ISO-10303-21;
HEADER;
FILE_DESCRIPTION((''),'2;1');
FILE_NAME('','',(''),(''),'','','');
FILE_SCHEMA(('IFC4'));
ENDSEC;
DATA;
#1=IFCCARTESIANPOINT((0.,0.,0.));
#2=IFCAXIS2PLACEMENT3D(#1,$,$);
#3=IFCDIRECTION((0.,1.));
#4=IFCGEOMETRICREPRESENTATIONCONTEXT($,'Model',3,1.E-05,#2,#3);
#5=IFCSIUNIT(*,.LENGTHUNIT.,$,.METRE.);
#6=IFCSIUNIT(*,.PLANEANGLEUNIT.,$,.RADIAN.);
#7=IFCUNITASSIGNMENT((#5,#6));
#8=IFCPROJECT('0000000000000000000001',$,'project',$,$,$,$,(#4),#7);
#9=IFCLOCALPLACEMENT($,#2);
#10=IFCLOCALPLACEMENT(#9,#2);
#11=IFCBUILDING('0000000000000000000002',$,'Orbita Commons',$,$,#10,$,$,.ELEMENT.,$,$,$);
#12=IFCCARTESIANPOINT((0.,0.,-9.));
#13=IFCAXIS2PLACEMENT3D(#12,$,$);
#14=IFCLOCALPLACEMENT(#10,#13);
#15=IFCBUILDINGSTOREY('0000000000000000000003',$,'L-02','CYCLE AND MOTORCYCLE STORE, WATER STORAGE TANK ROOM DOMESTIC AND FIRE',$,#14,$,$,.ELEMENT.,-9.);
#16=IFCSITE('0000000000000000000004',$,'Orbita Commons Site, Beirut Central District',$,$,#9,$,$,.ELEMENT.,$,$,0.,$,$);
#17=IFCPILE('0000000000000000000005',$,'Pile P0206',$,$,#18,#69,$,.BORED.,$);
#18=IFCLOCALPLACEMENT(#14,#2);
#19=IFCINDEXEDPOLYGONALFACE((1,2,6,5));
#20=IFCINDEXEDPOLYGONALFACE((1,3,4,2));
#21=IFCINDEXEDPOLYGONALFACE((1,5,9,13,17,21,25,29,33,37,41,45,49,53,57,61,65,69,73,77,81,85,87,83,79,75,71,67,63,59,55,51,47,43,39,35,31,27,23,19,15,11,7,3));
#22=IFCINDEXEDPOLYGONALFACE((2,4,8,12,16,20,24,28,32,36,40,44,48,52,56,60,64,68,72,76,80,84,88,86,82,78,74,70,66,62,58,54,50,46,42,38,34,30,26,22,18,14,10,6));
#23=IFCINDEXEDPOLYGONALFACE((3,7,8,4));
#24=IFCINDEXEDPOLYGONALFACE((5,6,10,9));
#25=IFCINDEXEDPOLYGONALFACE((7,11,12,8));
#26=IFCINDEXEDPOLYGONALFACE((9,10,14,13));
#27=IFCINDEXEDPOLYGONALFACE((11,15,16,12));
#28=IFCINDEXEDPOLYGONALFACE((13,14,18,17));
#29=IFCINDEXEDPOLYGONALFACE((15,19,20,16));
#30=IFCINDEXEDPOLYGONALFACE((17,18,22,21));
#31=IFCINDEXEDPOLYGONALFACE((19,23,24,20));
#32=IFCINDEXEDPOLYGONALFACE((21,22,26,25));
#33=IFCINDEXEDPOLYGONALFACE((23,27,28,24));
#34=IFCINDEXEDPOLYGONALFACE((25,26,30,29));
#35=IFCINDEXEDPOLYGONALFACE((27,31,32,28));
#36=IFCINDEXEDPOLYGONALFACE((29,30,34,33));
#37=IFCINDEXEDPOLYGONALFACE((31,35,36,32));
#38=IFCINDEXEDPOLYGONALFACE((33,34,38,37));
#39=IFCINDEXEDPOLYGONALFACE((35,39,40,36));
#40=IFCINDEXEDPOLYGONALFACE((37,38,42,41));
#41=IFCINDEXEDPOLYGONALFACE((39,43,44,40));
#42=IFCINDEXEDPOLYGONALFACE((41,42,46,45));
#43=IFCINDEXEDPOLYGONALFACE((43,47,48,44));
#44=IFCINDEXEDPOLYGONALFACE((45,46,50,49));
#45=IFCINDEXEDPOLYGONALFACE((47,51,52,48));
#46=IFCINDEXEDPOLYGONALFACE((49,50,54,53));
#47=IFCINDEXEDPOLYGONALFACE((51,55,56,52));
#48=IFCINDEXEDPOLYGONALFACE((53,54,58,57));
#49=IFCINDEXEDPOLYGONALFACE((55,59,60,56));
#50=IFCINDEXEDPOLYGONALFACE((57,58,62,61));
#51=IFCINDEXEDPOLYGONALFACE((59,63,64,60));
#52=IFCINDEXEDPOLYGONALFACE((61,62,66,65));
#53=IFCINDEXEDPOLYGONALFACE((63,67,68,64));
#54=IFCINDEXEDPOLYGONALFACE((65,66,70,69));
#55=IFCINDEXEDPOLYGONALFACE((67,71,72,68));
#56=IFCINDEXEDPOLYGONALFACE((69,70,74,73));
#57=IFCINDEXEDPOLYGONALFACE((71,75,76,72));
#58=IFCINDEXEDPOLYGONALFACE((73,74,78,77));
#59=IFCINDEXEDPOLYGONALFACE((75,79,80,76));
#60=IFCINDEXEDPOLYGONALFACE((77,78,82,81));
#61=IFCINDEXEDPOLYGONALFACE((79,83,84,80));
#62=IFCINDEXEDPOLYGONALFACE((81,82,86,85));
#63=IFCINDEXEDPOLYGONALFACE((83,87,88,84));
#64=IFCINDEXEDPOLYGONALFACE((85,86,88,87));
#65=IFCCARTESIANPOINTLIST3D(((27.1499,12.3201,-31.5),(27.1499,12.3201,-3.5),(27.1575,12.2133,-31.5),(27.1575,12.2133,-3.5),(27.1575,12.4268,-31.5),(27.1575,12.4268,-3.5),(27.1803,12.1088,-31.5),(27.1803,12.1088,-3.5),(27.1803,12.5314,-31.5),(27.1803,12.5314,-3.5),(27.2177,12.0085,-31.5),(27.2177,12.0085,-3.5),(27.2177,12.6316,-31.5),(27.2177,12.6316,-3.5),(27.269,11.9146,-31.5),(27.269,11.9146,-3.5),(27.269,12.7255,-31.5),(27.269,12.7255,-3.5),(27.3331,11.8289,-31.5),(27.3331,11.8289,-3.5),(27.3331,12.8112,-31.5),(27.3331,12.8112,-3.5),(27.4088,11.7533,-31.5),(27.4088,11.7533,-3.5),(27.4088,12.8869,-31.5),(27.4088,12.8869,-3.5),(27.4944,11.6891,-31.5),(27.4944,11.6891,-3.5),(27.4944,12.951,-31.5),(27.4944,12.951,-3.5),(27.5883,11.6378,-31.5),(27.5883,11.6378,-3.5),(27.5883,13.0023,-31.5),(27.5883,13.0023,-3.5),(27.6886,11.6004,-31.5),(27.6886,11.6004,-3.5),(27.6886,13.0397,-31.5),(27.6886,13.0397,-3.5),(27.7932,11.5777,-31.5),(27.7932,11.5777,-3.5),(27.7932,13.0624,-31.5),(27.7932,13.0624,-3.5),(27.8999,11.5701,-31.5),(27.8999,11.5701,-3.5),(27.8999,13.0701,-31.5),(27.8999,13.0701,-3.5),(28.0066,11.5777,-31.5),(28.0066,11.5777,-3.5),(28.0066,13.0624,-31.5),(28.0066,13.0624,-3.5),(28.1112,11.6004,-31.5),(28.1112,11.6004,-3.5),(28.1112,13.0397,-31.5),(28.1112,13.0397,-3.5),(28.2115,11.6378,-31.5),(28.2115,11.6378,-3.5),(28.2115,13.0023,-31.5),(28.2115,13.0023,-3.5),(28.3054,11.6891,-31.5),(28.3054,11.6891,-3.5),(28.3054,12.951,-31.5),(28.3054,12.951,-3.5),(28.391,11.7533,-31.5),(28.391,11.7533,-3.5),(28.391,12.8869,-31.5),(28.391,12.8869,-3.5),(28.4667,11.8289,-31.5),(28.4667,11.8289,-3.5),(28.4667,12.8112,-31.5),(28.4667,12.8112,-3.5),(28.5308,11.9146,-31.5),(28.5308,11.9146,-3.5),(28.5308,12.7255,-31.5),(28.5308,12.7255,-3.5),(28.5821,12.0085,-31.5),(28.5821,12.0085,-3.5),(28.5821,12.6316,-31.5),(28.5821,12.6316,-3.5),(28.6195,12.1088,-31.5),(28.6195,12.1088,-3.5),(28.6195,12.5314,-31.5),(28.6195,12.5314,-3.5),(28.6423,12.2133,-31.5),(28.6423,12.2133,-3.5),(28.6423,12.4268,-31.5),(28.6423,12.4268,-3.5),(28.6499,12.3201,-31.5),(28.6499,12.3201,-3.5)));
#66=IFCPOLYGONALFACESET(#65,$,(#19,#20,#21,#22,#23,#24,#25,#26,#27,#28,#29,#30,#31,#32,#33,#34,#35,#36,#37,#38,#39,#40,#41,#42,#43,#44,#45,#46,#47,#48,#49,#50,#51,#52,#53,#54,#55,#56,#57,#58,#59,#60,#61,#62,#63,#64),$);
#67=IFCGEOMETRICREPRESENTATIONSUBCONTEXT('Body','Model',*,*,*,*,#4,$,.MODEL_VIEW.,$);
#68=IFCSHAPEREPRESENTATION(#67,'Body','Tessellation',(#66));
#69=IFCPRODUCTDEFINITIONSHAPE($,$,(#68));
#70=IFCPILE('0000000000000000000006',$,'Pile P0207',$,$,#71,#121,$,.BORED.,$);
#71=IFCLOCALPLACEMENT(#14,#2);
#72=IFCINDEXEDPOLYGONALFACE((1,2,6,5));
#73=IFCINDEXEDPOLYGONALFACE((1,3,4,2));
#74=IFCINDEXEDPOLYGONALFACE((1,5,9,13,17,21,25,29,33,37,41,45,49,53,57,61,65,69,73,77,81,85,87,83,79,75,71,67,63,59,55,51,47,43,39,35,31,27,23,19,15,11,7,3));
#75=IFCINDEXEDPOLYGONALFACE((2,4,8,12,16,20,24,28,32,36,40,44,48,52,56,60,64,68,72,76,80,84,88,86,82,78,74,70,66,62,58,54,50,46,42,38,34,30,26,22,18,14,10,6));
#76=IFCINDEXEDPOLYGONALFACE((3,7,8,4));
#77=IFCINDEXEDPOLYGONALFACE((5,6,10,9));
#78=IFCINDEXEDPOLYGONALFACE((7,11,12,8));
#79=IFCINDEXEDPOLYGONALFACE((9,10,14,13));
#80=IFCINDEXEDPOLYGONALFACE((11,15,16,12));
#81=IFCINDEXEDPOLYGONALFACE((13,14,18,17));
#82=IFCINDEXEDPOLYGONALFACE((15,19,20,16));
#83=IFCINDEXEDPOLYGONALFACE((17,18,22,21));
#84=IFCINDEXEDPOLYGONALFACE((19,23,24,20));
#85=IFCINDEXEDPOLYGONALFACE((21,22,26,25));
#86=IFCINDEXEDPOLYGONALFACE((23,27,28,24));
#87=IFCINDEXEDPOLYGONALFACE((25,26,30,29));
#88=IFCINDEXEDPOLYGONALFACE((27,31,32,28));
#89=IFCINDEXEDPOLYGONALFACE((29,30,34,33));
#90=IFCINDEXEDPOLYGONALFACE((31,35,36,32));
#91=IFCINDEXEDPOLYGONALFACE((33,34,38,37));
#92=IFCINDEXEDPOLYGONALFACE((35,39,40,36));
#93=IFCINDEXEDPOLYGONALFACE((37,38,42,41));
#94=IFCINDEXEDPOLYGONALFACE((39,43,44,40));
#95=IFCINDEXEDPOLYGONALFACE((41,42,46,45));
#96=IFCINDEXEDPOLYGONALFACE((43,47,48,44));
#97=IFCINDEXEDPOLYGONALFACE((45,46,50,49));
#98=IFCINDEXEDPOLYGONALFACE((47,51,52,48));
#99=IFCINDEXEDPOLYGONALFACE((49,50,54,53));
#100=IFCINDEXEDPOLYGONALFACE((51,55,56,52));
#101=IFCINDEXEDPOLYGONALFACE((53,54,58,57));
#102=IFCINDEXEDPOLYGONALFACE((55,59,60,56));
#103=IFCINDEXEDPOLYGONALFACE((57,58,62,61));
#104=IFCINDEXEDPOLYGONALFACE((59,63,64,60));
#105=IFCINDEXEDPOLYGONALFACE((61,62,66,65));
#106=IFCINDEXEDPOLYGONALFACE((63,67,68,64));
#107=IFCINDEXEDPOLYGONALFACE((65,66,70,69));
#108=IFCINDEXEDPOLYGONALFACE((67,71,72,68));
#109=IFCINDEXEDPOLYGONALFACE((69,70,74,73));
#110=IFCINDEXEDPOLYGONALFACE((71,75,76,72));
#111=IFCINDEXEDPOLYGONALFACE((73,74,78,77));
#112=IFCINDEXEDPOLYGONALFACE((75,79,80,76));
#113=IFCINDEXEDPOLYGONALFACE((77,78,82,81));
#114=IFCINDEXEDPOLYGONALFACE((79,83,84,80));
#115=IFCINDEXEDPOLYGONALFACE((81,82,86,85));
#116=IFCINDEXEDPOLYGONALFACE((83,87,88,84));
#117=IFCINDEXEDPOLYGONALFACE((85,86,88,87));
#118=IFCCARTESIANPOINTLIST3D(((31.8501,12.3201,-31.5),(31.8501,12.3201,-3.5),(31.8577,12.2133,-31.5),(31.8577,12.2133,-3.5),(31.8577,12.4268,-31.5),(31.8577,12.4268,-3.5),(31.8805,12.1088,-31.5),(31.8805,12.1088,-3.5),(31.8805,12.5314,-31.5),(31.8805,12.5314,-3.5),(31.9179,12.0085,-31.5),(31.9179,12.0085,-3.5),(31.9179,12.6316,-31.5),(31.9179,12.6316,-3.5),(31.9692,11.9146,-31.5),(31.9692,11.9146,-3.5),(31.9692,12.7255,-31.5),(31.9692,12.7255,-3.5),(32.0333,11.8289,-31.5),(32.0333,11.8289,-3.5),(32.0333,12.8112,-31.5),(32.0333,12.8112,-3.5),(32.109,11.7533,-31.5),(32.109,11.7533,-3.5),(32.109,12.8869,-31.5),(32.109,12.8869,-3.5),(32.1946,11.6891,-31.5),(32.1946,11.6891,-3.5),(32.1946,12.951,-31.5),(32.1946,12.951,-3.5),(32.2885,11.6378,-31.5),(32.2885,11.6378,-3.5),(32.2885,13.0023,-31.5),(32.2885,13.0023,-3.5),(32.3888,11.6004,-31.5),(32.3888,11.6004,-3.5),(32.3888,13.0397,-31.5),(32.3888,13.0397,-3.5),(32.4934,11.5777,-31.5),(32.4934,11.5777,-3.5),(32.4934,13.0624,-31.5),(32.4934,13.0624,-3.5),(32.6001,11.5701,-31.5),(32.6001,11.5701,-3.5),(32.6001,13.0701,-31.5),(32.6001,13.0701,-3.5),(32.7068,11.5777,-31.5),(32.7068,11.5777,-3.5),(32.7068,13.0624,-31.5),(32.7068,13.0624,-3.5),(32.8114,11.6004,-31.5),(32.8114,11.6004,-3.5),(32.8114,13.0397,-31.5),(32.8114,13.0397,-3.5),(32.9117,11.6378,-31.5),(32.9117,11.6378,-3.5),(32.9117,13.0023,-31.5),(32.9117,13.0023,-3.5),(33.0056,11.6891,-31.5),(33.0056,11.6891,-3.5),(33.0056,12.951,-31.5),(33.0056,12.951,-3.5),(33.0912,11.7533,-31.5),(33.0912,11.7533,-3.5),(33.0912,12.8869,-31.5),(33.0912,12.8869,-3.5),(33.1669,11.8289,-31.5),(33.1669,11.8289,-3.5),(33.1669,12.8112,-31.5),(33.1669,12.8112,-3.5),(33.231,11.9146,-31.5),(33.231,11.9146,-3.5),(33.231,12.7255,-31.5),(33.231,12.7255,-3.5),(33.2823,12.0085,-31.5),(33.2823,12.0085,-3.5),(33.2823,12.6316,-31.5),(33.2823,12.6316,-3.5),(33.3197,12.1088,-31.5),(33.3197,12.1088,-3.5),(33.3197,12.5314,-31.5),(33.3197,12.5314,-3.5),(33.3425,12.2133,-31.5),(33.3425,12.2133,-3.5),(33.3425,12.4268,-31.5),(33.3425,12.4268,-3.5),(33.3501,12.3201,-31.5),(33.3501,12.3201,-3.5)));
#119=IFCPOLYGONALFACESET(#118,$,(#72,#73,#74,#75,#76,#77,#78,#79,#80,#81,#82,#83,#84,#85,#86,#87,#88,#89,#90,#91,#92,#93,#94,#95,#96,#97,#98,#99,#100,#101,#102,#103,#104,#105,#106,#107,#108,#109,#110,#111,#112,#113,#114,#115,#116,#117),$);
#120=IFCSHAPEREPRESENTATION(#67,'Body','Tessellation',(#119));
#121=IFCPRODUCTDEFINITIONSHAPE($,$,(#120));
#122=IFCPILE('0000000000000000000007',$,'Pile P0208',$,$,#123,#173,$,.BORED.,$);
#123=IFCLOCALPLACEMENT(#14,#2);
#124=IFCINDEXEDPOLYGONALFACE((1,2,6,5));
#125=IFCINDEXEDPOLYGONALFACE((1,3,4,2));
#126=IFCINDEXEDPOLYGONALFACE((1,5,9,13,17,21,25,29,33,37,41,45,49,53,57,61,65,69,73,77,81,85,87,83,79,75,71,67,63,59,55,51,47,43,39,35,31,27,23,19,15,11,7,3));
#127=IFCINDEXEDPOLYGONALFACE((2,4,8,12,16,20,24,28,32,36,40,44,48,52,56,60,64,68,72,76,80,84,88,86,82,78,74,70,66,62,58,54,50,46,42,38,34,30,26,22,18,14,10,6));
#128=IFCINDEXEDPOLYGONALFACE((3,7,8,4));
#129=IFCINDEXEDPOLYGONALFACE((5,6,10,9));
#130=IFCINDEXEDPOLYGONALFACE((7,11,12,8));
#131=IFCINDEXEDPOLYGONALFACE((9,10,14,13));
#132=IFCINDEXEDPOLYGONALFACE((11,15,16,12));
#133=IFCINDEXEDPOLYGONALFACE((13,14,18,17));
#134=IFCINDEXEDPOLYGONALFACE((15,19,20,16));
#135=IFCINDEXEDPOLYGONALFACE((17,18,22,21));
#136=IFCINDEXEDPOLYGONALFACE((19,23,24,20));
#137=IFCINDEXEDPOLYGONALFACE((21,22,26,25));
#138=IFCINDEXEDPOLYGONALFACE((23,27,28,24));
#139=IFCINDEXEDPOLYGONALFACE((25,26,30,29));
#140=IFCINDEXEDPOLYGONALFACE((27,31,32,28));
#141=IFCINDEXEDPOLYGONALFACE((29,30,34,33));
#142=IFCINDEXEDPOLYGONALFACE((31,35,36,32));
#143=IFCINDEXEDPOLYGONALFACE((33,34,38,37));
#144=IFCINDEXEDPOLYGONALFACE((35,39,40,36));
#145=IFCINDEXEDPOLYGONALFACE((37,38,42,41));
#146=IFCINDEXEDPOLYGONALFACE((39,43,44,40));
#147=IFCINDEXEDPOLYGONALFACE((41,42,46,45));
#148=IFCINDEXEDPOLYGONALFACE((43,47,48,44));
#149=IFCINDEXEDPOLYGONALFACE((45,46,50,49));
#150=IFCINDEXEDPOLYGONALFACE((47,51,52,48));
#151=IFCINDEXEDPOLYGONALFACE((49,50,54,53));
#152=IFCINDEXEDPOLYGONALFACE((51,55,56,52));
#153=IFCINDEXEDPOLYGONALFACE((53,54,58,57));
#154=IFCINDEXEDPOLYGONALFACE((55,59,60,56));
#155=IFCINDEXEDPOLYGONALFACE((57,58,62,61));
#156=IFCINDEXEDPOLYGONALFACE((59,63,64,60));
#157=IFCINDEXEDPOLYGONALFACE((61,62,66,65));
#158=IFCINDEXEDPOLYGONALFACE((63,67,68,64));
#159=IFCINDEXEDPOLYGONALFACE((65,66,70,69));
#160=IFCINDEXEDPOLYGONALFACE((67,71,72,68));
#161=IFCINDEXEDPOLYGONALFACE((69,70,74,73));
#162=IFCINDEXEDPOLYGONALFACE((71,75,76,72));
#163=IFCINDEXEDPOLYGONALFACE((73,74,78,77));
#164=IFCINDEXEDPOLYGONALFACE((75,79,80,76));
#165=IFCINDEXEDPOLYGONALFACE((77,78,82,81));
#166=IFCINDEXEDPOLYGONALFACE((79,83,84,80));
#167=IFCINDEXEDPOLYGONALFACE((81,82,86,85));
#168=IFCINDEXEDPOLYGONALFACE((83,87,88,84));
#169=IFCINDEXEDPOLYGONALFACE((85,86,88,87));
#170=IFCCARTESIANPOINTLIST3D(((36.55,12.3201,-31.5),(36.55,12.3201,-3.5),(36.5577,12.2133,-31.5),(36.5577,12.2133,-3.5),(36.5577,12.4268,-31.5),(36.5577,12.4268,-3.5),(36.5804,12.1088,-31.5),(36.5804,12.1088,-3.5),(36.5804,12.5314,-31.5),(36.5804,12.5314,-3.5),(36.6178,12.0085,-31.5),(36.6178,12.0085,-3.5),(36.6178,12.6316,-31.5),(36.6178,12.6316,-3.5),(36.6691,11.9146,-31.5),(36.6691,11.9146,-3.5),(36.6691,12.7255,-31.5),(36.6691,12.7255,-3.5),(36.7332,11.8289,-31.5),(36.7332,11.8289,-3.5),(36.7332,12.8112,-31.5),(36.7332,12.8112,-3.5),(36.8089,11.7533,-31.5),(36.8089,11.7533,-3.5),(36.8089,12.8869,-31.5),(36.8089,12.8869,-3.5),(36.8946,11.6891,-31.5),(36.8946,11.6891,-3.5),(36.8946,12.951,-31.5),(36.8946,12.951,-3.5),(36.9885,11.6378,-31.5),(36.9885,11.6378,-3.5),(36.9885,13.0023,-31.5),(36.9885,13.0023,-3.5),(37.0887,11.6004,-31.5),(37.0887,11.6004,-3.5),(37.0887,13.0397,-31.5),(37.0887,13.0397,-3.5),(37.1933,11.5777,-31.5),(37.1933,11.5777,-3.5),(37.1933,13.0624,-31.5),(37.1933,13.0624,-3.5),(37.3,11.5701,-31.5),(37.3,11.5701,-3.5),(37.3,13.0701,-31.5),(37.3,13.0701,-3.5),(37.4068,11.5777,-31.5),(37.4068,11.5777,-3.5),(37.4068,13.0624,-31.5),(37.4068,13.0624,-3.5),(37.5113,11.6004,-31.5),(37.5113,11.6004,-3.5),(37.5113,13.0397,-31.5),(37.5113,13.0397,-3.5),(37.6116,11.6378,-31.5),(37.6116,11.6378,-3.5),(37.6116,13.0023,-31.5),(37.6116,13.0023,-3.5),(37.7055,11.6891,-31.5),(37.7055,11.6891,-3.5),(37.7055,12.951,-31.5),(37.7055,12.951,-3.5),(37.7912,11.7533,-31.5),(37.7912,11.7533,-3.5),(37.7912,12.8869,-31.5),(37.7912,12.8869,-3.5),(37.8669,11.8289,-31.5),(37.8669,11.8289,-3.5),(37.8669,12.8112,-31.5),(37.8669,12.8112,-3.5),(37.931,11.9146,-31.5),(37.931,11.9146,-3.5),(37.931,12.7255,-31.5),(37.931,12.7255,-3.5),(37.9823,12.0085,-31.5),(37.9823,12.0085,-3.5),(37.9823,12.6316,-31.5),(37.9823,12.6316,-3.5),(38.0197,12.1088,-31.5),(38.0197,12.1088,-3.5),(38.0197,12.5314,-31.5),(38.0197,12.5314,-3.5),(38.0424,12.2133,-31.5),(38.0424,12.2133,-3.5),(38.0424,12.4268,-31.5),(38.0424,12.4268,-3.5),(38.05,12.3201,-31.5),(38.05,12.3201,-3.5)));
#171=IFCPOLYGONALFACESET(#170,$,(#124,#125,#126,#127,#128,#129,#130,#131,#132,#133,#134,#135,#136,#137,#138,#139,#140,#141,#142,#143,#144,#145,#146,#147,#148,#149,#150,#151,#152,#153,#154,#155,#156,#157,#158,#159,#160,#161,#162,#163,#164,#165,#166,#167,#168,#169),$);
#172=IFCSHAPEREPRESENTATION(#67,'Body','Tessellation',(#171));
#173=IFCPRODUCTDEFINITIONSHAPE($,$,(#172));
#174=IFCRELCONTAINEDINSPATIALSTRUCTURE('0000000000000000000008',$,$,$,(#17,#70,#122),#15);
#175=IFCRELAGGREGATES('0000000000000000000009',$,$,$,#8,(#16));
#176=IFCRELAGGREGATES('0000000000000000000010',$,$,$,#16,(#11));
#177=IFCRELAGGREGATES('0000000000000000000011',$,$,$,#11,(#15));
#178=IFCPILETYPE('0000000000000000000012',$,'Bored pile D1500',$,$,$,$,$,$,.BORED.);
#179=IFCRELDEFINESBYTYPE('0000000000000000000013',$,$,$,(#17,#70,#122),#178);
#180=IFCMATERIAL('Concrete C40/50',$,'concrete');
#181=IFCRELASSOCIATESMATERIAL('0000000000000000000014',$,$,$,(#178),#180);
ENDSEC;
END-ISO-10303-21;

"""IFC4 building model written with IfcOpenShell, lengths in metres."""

from ifc_helpers import new_model, si_unit, direction, frame, origin, origin_2d, place, context, subcontext, project, spatial, circle, extrude, material, material_profile, profile_set, type_object, element, save


model = new_model("IFC4")

# Units and contexts
model_context = context("Model", 3, precision=1e-05, world=origin(), true_north=direction((0.0, 1.0)))
body_context = subcontext(model_context, "Body", "Model", "MODEL_VIEW")
ifc_project = project(units=[si_unit("LENGTHUNIT", "METRE"), si_unit("PLANEANGLEUNIT", "RADIAN")], contexts=[model_context])

# Site, building, storey
site_placement = place(None, origin())
site = spatial("IfcSite", under=ifc_project, at=site_placement, Name="Orbita Commons Site, Beirut Central District", CompositionType="ELEMENT", RefElevation=0.0)
building_placement = place(site_placement, origin())
building = spatial("IfcBuilding", under=site, at=building_placement, Name="Orbita Commons", CompositionType="ELEMENT")
storey_placement = place(building_placement, frame((0.0, 0.0, -9.0)))
storey = spatial("IfcBuildingStorey", under=building, at=storey_placement, Name="L-02", Description="CYCLE AND MOTORCYCLE STORE, WATER STORAGE TANK ROOM DOMESTIC AND FIRE", CompositionType="ELEMENT", Elevation=-9.0)

# Piles
ifc_material_1 = material(Name="Concrete C40/50", Category="concrete")
ifc_material_profile = material_profile(ifc_material_1, circle(Radius=0.75, at=origin_2d()), Name="RC D1500")
ifc_profile_set = profile_set([ifc_material_profile], Name="Concrete C40/50")
pile_type = type_object("IfcPileType", Name="Bored pile D1500", PredefinedType="BORED", material=ifc_profile_set)
for number, where, z_axis, x_axis, name in (
    (1, (27.8999, 12.3201, -3.5), (0.0, 0.0, -1.0), (1.0, 0.0, 0.0), "Pile P0206"),
    (2, (32.6001, 12.3201, -3.5), (0.0, 0.0, -1.0), (1.0, 0.0, 0.0), "Pile P0207"),
    (3, (37.3, 12.3201, -3.5), (0.0, 0.0, -1.0), (1.0, 0.0, 0.0), "Pile P0208"),
):
    element("IfcPile", number, at=place(storey_placement, frame(where, z_axis=z_axis, x_axis=x_axis)), inside=storey, type_object=pile_type, Name=name, PredefinedType="BORED", context=body_context, shape_type="SweptSolid", body=[
        extrude(circle(Radius=0.75, at=origin_2d()), origin(), (0.0, 0.0, 1.0), 28.0),
    ])

save(model, "model.ifc")
